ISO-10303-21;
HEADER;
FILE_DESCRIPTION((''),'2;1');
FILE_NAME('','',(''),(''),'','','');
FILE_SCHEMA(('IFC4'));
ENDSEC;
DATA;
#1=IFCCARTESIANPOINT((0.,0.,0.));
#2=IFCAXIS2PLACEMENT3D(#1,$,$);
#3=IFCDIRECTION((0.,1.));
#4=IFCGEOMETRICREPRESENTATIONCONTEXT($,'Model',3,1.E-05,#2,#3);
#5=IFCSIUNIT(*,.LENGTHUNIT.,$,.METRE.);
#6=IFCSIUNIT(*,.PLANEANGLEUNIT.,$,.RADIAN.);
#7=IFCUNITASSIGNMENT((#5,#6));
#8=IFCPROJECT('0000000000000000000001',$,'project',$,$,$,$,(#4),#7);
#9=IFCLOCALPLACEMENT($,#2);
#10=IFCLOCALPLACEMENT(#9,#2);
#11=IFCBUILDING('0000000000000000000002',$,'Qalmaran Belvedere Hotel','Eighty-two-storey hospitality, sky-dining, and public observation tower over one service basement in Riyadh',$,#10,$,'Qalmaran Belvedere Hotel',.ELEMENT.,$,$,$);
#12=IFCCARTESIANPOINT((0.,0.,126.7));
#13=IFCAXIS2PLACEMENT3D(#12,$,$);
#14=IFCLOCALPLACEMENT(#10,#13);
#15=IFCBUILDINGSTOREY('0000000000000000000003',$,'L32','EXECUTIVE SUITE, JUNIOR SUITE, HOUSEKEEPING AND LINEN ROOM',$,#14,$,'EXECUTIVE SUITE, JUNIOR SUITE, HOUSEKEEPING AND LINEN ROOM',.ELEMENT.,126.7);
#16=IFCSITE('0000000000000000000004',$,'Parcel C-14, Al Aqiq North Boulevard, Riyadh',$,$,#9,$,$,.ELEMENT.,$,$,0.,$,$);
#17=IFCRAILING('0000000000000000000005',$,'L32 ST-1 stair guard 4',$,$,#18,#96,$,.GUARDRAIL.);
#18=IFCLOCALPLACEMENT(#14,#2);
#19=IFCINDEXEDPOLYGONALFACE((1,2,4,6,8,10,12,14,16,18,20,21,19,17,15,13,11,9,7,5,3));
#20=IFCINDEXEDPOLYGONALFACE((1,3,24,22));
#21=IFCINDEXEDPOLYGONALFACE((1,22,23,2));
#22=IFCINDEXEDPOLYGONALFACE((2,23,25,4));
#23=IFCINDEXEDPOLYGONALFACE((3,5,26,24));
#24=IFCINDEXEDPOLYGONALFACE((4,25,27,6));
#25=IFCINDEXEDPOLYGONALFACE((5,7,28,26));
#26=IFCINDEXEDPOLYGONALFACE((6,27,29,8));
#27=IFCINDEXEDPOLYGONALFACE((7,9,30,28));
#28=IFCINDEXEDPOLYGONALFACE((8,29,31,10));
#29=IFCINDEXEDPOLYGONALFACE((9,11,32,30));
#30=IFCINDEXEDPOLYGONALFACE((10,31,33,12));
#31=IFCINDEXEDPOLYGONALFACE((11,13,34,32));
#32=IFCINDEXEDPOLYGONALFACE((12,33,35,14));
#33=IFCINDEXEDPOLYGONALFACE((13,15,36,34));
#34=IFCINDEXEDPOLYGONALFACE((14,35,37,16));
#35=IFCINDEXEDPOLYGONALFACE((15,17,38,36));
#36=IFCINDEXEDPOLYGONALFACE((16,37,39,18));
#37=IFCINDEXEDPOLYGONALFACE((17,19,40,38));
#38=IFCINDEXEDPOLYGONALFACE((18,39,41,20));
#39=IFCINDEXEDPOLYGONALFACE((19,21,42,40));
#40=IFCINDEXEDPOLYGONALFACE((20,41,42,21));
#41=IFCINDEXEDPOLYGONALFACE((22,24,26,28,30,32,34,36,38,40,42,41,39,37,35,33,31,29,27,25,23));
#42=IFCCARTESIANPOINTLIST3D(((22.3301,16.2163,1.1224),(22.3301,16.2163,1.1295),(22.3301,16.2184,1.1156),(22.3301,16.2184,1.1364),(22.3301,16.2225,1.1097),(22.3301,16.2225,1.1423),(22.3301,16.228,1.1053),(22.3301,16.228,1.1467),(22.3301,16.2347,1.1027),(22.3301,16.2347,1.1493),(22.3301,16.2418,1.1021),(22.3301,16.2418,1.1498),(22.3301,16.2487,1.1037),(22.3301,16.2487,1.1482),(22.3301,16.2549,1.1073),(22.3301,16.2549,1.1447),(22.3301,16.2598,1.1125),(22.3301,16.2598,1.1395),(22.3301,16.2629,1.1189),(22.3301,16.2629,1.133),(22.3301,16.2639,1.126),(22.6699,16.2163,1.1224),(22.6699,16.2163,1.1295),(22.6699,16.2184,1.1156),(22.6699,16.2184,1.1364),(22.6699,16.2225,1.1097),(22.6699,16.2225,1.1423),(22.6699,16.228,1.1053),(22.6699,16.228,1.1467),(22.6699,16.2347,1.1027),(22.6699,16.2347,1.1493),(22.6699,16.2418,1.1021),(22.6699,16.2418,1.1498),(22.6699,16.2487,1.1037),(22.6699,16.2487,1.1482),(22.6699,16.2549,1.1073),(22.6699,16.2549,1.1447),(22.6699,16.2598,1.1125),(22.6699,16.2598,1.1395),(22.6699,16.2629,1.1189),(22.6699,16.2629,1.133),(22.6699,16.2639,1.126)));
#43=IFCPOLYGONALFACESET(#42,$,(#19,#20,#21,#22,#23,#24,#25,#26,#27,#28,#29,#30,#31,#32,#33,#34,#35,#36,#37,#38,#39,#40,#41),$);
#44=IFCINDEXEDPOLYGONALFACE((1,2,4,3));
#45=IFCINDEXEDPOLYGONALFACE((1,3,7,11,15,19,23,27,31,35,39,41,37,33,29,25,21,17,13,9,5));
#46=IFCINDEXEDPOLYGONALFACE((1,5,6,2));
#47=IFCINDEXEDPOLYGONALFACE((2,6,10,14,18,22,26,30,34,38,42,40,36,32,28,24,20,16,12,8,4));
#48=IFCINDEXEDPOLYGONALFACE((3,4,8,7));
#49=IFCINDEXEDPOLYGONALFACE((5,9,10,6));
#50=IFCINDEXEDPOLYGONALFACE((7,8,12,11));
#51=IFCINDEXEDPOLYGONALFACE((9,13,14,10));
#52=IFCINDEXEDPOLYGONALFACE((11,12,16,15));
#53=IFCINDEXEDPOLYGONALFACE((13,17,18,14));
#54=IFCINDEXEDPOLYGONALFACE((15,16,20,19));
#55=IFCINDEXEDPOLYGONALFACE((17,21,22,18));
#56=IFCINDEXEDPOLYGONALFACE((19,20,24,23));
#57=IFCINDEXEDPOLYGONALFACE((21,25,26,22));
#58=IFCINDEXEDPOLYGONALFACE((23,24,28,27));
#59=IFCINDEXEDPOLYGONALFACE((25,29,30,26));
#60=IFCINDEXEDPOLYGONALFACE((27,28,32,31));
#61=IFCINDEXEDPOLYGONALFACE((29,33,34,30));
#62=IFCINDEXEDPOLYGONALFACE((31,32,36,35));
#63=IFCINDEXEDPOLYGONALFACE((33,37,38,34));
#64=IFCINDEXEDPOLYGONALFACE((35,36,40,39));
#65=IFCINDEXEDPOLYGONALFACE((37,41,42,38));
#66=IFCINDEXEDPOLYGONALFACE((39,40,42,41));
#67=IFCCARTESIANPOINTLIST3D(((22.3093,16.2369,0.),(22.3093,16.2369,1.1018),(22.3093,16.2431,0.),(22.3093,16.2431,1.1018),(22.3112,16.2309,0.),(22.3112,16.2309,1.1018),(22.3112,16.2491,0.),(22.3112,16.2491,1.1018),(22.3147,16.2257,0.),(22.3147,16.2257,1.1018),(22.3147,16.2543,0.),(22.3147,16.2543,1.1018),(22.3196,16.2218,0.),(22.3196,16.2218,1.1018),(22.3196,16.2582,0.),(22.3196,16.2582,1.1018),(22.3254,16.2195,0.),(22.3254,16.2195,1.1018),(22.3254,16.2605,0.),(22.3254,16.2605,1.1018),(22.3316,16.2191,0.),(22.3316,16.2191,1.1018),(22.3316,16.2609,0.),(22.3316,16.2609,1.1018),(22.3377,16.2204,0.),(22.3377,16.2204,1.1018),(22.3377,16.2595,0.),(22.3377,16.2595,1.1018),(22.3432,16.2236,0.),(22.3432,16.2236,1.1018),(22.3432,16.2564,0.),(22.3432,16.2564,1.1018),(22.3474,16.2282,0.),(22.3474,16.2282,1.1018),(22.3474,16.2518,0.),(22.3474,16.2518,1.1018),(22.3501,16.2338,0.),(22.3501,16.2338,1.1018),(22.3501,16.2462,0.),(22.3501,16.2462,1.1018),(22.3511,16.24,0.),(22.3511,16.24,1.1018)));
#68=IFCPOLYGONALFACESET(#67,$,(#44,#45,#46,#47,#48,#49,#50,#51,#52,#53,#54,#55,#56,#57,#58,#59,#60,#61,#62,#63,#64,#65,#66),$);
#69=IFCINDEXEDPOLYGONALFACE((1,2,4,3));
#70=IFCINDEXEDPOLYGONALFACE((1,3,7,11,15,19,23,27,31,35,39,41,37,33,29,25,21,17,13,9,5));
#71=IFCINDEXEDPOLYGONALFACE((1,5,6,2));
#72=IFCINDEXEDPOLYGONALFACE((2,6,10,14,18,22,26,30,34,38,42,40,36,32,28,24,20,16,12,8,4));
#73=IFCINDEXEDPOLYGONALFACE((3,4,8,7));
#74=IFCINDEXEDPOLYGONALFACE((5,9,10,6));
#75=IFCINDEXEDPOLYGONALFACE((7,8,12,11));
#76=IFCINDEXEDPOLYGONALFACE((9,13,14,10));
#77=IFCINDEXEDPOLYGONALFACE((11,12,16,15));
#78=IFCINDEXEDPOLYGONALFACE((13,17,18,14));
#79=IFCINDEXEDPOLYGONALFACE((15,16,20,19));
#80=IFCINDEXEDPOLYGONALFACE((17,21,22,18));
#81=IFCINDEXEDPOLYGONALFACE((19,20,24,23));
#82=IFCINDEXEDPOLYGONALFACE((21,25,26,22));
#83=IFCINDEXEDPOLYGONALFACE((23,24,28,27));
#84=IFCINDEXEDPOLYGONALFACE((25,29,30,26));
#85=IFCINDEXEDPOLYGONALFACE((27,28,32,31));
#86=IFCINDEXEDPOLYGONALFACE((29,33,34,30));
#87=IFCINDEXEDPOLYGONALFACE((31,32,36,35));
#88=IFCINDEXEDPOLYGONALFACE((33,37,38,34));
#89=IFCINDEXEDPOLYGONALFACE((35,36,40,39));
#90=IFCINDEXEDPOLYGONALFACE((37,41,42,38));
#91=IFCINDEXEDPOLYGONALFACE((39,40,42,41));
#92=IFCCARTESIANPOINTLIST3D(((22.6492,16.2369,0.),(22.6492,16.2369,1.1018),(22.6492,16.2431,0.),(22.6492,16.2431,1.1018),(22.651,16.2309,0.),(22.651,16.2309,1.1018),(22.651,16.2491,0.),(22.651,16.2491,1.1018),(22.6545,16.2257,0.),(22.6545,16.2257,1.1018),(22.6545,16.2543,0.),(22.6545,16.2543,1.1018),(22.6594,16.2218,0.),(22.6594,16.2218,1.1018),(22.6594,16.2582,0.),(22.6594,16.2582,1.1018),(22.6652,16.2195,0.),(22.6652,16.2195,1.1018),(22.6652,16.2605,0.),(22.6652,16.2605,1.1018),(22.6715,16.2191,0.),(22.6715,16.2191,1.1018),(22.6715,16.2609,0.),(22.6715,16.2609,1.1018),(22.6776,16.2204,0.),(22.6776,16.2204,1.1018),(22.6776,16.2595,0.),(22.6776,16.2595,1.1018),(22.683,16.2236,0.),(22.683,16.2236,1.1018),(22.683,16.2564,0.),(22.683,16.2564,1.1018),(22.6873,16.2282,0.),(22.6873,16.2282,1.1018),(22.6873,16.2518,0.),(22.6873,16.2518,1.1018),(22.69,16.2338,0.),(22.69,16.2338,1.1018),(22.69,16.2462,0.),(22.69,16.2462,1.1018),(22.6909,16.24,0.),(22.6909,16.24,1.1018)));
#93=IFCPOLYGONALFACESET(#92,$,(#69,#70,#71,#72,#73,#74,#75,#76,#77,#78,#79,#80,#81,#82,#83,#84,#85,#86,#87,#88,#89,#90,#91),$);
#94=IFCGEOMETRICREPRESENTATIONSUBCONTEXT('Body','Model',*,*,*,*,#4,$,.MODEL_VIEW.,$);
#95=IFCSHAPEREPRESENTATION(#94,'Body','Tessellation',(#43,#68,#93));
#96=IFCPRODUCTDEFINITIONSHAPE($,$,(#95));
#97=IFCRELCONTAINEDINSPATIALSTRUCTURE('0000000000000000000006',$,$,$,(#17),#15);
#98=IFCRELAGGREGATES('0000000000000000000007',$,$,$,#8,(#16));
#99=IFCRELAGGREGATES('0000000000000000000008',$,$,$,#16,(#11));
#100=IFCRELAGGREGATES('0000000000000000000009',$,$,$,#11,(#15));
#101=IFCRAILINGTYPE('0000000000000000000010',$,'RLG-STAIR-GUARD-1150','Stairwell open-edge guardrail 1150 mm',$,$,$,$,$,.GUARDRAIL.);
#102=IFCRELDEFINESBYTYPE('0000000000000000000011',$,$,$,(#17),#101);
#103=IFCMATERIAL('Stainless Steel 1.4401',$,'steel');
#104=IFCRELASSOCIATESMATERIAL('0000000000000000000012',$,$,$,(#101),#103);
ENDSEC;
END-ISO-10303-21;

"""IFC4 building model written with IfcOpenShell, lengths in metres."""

from ifc_helpers import new_model, si_unit, direction, frame, origin, origin_2d, place, context, subcontext, project, spatial, circle, extrude, material, type_object, element, save


model = new_model("IFC4")

# Units and contexts
model_context = context("Model", 3, precision=1e-05, world=origin(), true_north=direction((0.0, 1.0)))
body_context = subcontext(model_context, "Body", "Model", "MODEL_VIEW")
ifc_project = project(units=[si_unit("LENGTHUNIT", "METRE"), si_unit("PLANEANGLEUNIT", "RADIAN")], contexts=[model_context])

# Site, building, storey
site_placement = place(None, origin())
site = spatial("IfcSite", under=ifc_project, at=site_placement, Name="Parcel C-14, Al Aqiq North Boulevard, Riyadh", CompositionType="ELEMENT", RefElevation=0.0)
building_placement = place(site_placement, origin())
building = spatial("IfcBuilding", under=site, at=building_placement, Name="Qalmaran Belvedere Hotel", Description="Eighty-two-storey hospitality, sky-dining, and public observation tower over one service basement in Riyadh", LongName="Qalmaran Belvedere Hotel", CompositionType="ELEMENT")
storey_placement = place(building_placement, frame((0.0, 0.0, 126.7)))
storey = spatial("IfcBuildingStorey", under=building, at=storey_placement, Name="L32", Description="EXECUTIVE SUITE, JUNIOR SUITE, HOUSEKEEPING AND LINEN ROOM", LongName="EXECUTIVE SUITE, JUNIOR SUITE, HOUSEKEEPING AND LINEN ROOM", CompositionType="ELEMENT", Elevation=126.7)

# Railing
ifc_material_1 = material(Name="Stainless Steel 1.4401", Category="steel")
railing_type_1 = type_object("IfcRailingType", Name="RLG-STAIR-GUARD-1150", Description="Stairwell open-edge guardrail 1150 mm", PredefinedType="GUARDRAIL", material=ifc_material_1)
railing_1_placement = place(storey_placement, frame((22.3301, 16.24, 0.0)))
element("IfcRailing", 1, at=railing_1_placement, inside=storey, type_object=railing_type_1, Name="L32 ST-1 stair guard 4", PredefinedType="GUARDRAIL", context=body_context, shape_type="SweptSolid", body=[
    extrude(circle(Radius=0.0239, at=origin_2d()), frame((0.0, 0.0, 1.126), z_axis=(1.0, 0.0, 0.0), x_axis=(0.0, 1.0, 0.0)), (0.0, 0.0, 1.0), 0.3398),
    extrude(circle(Radius=0.021, at=origin_2d()), origin(), (0.0, 0.0, 1.0), 1.1018),
    extrude(circle(Radius=0.021, at=origin_2d()), frame((0.3398, 0.0, 0.0)), (0.0, 0.0, 1.0), 1.1018),
])

save(model, "model.ifc")
